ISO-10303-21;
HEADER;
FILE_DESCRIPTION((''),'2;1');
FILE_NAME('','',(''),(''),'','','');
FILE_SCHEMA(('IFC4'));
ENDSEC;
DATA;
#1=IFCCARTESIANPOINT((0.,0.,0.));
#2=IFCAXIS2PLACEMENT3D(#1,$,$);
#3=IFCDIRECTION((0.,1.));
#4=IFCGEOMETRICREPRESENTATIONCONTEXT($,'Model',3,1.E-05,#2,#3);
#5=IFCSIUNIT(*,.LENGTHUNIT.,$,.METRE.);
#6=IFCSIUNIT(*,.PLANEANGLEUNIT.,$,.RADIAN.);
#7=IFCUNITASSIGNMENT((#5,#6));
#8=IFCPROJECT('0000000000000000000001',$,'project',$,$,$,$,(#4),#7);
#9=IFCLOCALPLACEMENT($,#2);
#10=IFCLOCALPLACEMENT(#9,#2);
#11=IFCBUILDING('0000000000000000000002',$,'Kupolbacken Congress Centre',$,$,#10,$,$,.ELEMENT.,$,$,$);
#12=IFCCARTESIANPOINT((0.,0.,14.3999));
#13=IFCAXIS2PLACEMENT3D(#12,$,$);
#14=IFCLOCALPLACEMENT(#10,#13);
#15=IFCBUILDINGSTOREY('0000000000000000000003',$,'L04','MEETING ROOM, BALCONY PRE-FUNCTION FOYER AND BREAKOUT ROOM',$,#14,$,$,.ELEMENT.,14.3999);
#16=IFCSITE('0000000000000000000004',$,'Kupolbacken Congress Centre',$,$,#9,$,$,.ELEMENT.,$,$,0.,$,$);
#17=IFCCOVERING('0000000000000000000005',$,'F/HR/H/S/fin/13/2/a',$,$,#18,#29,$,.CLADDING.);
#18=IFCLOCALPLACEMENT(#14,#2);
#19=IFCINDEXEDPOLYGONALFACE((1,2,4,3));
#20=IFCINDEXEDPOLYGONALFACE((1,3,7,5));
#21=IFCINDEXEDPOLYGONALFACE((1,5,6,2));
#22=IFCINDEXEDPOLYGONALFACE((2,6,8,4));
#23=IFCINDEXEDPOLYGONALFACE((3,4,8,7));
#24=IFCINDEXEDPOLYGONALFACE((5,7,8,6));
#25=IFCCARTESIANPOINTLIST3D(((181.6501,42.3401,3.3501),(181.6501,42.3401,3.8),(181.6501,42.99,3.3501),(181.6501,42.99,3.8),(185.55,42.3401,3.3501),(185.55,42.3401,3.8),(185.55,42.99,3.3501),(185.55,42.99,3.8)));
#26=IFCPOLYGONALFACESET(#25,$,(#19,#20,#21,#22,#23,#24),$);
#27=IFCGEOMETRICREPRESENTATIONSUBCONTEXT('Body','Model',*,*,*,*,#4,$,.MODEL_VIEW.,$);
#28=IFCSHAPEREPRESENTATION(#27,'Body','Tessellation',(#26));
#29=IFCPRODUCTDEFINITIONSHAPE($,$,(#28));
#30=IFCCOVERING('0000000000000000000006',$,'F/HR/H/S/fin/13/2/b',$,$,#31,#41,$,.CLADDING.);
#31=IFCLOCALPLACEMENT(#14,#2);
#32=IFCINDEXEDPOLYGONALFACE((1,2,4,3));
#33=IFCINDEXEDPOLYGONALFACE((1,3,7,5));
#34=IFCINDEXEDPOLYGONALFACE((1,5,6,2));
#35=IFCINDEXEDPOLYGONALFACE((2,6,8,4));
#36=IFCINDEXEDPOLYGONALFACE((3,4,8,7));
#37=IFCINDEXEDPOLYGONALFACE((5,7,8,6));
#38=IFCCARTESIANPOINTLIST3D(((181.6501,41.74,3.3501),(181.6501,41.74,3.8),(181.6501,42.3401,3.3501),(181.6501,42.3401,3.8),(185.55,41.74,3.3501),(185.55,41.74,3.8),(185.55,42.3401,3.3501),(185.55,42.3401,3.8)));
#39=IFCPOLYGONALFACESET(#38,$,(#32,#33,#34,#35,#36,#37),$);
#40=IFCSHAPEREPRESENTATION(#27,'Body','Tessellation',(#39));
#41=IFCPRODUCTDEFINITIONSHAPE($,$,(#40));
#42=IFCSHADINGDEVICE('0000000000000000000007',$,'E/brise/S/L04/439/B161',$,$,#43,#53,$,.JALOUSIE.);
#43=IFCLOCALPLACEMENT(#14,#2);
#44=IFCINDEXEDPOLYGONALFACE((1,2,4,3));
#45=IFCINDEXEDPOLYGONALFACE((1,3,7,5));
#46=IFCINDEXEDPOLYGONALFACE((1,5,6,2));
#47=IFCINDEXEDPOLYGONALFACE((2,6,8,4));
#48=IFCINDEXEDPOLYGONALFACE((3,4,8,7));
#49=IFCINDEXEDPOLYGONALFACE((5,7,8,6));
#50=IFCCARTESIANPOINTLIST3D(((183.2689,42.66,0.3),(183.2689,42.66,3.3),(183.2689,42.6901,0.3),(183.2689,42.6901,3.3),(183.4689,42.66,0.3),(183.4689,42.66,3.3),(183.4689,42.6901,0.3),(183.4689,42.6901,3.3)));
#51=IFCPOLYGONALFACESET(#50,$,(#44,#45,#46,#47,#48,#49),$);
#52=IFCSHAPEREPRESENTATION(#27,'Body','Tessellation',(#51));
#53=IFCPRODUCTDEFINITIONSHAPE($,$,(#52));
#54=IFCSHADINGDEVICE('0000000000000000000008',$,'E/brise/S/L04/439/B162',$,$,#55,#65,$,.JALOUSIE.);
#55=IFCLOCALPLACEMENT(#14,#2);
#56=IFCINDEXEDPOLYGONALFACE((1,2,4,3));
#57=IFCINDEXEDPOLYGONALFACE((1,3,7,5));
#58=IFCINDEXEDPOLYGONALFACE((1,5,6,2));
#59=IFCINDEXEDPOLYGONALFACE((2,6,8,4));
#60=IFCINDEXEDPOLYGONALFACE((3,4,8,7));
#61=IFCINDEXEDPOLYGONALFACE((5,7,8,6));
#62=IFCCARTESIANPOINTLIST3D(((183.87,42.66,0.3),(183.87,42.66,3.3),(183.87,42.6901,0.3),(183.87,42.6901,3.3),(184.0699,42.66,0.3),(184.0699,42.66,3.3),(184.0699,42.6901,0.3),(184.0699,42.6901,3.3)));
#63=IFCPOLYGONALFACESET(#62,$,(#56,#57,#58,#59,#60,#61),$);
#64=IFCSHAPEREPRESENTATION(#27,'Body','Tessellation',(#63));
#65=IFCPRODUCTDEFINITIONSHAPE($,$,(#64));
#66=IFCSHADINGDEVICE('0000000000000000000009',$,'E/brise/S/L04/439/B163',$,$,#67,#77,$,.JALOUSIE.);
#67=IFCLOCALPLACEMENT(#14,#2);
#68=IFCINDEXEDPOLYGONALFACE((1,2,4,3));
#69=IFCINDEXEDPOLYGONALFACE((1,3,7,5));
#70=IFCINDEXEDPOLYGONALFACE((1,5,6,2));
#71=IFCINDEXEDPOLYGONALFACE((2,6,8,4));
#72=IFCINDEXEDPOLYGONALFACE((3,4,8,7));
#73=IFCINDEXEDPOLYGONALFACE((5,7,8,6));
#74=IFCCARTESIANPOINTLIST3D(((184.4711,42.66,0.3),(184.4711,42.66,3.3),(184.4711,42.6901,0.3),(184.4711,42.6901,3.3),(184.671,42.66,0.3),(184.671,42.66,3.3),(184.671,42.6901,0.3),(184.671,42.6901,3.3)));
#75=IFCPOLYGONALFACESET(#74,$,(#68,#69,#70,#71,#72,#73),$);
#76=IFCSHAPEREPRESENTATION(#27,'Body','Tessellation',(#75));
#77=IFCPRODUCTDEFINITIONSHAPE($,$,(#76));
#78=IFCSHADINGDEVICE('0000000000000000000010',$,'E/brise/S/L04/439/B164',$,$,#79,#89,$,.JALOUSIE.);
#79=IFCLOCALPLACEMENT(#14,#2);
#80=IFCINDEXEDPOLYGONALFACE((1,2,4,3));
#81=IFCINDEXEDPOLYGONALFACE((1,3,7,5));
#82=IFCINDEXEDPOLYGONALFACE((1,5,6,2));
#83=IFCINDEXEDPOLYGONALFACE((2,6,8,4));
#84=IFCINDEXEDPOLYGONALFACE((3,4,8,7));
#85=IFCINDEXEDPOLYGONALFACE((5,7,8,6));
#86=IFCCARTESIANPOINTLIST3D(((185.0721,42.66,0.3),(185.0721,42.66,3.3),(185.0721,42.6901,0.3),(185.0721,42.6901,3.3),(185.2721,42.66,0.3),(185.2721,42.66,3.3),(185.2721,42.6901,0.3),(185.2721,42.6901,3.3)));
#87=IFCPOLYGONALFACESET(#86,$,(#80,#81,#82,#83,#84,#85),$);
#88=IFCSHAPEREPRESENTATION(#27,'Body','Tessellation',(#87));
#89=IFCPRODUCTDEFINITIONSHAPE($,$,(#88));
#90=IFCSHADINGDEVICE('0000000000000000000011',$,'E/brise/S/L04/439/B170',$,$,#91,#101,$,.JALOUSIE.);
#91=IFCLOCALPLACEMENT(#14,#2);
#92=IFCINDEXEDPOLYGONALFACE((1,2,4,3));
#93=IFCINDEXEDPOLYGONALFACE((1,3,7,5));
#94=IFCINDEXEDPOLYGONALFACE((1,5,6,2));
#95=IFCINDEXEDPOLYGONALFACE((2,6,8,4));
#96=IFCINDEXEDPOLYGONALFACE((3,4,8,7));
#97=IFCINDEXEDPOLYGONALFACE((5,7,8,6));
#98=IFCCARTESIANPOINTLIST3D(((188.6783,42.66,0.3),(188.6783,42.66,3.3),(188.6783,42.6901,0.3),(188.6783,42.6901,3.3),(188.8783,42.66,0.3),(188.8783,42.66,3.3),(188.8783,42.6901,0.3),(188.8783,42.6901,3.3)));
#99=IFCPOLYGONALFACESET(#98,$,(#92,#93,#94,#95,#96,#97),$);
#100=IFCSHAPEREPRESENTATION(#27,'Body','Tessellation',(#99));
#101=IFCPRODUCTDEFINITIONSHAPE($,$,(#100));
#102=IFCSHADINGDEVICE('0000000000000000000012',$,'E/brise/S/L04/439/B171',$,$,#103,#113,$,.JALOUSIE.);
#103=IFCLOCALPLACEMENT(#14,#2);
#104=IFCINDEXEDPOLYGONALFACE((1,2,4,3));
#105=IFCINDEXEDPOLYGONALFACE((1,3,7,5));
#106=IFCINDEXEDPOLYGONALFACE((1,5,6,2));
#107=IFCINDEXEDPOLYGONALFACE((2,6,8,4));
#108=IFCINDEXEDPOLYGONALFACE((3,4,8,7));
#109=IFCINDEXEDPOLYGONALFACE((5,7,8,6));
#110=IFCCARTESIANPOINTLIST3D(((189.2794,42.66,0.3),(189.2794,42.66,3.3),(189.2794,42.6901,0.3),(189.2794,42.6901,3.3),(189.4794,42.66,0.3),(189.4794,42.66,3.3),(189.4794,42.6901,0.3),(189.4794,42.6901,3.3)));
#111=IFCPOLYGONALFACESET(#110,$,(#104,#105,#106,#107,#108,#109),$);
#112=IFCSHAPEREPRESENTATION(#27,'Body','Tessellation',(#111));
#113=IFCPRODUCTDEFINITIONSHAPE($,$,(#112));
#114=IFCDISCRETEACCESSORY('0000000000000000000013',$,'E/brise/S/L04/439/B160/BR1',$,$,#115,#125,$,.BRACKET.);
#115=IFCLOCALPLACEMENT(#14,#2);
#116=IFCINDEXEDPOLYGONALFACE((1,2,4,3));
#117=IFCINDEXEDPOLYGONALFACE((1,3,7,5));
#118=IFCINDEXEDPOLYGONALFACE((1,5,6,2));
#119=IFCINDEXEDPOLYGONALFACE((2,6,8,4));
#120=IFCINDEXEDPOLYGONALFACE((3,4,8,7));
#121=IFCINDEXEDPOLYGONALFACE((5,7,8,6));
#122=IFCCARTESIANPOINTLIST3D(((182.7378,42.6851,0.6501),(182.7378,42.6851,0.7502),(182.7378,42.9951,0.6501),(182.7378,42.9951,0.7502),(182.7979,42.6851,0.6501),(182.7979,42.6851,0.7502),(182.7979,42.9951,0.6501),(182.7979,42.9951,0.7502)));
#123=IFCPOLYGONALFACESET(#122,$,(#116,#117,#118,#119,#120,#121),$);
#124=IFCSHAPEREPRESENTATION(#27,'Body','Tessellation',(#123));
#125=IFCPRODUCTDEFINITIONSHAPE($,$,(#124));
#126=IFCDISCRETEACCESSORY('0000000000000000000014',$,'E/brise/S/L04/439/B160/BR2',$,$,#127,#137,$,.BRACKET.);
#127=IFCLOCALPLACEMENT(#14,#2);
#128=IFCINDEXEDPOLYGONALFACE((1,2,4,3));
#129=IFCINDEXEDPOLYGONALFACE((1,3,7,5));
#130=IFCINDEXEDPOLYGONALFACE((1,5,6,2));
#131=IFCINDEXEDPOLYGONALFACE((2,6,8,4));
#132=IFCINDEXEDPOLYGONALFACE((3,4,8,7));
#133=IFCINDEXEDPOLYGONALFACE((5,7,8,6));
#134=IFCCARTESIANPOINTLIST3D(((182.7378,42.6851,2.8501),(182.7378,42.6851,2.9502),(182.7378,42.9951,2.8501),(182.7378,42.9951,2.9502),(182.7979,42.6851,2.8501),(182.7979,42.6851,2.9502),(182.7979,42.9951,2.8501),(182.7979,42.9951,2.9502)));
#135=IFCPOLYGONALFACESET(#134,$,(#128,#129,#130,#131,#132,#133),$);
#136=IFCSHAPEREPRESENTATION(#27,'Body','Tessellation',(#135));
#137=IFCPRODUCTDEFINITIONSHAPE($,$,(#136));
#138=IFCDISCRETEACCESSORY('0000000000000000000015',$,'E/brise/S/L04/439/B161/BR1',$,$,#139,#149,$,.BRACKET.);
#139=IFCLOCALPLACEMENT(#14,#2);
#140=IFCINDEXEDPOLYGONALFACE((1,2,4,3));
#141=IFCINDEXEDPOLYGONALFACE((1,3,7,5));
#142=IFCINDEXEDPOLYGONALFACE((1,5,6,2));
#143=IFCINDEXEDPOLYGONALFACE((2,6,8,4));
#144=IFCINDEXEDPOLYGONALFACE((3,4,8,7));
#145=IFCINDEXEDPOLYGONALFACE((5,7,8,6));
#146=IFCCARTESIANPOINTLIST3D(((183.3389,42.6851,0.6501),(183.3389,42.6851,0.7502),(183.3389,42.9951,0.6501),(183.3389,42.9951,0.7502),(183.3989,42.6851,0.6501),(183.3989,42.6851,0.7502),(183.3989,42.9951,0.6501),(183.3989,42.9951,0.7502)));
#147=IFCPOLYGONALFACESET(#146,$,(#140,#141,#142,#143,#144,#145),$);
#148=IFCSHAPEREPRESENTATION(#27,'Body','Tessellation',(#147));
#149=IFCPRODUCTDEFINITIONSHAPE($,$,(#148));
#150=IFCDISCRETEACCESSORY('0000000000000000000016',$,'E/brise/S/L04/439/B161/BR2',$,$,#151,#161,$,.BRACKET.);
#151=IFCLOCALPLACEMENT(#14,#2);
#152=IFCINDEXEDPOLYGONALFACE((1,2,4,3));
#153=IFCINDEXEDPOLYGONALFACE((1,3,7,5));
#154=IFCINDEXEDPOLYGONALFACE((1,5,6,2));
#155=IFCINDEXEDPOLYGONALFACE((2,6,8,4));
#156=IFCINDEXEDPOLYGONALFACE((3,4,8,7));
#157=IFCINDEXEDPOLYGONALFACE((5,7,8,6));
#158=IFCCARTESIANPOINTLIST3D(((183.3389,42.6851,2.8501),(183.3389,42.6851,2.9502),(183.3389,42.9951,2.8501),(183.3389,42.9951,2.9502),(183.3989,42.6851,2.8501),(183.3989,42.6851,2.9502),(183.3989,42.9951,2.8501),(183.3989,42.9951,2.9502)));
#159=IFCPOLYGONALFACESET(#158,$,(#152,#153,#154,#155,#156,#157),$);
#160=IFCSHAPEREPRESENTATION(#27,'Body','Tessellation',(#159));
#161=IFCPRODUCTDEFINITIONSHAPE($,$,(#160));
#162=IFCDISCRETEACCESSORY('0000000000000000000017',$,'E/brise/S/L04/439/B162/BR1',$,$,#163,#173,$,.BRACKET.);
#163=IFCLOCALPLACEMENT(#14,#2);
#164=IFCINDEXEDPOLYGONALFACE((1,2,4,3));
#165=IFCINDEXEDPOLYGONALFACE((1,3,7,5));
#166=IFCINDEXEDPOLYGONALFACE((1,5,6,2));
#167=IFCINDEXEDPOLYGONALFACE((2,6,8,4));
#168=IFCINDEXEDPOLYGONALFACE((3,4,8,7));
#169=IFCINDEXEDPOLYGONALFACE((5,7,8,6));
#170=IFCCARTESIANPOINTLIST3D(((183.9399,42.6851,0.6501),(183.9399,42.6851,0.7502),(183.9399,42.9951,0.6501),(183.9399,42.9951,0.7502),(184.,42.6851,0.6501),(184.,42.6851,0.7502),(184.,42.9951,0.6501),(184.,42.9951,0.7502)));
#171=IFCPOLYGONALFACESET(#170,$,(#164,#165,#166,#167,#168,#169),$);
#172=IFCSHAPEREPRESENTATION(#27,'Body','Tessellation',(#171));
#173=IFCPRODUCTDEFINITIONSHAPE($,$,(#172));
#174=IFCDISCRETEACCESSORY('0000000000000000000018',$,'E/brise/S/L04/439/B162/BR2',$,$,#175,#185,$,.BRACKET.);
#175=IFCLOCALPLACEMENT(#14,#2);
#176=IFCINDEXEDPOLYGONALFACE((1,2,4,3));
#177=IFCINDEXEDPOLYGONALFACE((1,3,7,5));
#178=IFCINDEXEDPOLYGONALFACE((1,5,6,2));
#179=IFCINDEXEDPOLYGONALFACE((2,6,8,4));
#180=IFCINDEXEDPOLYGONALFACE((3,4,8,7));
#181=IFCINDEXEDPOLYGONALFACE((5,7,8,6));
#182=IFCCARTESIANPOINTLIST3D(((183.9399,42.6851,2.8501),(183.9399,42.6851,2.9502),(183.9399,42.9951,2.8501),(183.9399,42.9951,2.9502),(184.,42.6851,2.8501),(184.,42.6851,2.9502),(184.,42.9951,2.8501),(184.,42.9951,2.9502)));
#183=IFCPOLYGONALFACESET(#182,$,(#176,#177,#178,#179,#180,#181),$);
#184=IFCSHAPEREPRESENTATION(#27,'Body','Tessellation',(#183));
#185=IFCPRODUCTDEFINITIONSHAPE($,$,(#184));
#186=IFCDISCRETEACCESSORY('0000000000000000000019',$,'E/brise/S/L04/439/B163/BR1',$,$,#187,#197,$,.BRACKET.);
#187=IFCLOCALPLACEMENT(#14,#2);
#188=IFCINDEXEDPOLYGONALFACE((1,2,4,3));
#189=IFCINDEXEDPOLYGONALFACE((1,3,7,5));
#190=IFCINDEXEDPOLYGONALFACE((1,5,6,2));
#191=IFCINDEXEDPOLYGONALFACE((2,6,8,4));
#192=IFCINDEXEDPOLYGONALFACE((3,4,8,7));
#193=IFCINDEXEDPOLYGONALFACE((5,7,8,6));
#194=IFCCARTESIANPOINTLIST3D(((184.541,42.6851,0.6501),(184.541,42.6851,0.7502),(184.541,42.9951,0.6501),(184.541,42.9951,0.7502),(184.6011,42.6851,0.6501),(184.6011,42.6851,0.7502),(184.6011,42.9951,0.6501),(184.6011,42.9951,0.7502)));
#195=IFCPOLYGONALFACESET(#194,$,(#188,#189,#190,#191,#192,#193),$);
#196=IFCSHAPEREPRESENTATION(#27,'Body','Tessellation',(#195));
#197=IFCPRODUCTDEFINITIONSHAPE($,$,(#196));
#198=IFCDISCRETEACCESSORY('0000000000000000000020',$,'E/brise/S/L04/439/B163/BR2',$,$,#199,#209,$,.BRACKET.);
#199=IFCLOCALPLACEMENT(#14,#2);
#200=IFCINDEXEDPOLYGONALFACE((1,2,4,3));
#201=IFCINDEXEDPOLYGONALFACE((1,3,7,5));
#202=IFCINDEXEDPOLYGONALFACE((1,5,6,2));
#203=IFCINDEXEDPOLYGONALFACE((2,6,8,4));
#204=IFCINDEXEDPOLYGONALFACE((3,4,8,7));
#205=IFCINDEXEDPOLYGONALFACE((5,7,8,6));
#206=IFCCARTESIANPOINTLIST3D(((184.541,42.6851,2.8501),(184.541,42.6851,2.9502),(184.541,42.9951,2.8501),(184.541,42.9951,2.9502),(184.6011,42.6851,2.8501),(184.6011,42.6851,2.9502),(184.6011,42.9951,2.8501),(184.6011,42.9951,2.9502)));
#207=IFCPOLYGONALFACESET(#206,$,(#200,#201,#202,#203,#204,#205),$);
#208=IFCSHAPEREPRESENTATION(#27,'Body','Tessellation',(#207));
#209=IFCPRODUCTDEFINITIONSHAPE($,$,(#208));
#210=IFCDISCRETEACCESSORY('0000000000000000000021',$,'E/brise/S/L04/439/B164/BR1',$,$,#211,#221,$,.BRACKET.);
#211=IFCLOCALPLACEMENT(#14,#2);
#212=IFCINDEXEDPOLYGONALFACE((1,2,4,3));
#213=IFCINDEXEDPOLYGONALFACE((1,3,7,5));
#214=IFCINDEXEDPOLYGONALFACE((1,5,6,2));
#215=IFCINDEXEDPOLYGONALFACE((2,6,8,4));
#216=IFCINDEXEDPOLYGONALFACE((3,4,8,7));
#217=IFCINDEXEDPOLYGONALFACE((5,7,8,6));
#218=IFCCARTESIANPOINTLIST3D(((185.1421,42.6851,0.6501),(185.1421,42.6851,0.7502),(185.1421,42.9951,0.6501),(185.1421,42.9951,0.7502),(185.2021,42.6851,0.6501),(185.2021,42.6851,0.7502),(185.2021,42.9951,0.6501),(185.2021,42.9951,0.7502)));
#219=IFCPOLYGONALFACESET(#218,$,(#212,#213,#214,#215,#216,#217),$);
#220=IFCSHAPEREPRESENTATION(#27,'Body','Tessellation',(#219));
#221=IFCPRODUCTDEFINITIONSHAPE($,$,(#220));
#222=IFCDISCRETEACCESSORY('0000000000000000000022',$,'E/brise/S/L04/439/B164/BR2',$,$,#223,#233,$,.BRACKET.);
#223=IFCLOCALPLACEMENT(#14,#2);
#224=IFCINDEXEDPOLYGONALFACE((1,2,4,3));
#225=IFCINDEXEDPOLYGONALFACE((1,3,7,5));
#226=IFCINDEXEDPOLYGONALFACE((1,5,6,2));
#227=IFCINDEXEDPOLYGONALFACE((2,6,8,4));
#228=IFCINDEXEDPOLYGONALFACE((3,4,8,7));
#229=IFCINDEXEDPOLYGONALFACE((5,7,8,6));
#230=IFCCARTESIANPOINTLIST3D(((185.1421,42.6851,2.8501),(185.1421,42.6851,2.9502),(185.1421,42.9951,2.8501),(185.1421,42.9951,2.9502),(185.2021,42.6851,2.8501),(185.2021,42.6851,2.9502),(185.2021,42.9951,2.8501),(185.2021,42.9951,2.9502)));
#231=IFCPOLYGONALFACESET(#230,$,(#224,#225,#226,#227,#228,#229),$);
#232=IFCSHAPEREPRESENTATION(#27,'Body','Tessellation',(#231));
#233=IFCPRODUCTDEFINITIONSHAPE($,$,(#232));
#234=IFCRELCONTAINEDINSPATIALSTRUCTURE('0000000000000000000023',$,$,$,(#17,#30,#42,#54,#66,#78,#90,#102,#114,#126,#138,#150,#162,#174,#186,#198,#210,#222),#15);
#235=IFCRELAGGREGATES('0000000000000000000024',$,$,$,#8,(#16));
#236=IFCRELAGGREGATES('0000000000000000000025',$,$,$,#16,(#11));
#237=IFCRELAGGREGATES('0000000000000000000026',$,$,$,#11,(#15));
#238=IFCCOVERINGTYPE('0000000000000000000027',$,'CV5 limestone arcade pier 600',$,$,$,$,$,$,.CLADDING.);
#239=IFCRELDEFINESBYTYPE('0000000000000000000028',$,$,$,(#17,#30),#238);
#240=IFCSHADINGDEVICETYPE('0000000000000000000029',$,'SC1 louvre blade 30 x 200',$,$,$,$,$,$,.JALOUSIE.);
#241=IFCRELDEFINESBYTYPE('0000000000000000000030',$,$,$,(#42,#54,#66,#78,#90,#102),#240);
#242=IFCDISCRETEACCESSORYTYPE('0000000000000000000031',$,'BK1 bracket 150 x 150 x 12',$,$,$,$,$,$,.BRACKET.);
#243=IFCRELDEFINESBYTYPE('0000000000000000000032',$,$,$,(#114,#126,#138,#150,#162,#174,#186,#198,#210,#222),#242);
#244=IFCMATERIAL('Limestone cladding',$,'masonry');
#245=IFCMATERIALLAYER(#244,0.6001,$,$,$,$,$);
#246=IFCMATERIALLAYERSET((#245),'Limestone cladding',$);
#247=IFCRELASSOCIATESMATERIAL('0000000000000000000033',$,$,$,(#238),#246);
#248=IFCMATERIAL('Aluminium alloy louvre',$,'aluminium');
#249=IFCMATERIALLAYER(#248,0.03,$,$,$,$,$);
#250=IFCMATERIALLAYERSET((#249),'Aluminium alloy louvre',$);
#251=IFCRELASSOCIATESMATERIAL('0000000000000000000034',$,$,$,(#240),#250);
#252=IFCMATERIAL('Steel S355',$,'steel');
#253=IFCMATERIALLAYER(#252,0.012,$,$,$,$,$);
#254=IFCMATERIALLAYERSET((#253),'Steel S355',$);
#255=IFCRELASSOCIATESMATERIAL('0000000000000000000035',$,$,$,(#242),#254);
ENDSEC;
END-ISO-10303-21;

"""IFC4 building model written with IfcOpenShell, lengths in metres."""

from ifc_helpers import new_model, si_unit, direction, frame, origin, origin_2d, place, context, subcontext, project, spatial, rectangle, extrude, material, layer, layer_set, type_object, element, save


model = new_model("IFC4")

# Units and contexts
model_context = context("Model", 3, precision=1e-05, world=origin(), true_north=direction((0.0, 1.0)))
body_context = subcontext(model_context, "Body", "Model", "MODEL_VIEW")
ifc_project = project(units=[si_unit("LENGTHUNIT", "METRE"), si_unit("PLANEANGLEUNIT", "RADIAN")], contexts=[model_context])

# Site, building, storey
site_placement = place(None, origin())
site = spatial("IfcSite", under=ifc_project, at=site_placement, Name="Kupolbacken Congress Centre", CompositionType="ELEMENT", RefElevation=0.0)
building_placement = place(site_placement, origin())
building = spatial("IfcBuilding", under=site, at=building_placement, Name="Kupolbacken Congress Centre", CompositionType="ELEMENT")
storey_placement = place(building_placement, frame((0.0, 0.0, 14.3999)))
storey = spatial("IfcBuildingStorey", under=building, at=storey_placement, Name="L04", Description="MEETING ROOM, BALCONY PRE-FUNCTION FOYER AND BREAKOUT ROOM", CompositionType="ELEMENT", Elevation=14.3999)

# Coverings
ifc_material_1 = material(Name="Limestone cladding", Category="masonry")
ifc_layer_1 = layer(ifc_material_1, 0.6001)
ifc_layer_set_1 = layer_set([ifc_layer_1], Name="Limestone cladding")
covering_type = type_object("IfcCoveringType", Name="CV5 limestone arcade pier 600", PredefinedType="CLADDING", material=ifc_layer_set_1)
covering_1_placement = place(storey_placement, frame((183.6001, 42.665, 3.3501), z_axis=(0.0, 0.0, 1.0), x_axis=(1.0, 0.0, 0.0)))
element("IfcCovering", 1, at=covering_1_placement, inside=storey, type_object=covering_type, Name="F/HR/H/S/fin/13/2/a", PredefinedType="CLADDING", context=body_context, shape_type="SweptSolid", body=[
    extrude(rectangle(XDim=3.8999, YDim=0.6499, at=origin_2d()), origin(), (0.0, 0.0, 1.0), 0.45),
])
covering_2_placement = place(storey_placement, frame((183.6001, 42.04, 3.3501), z_axis=(0.0, 0.0, 1.0), x_axis=(1.0, 0.0, 0.0)))
element("IfcCovering", 2, at=covering_2_placement, inside=storey, type_object=covering_type, Name="F/HR/H/S/fin/13/2/b", PredefinedType="CLADDING", context=body_context, shape_type="SweptSolid", body=[
    extrude(rectangle(XDim=3.8999, YDim=0.6001, at=origin_2d()), origin(), (0.0, 0.0, 1.0), 0.45),
])

# Shading devices
ifc_material_2 = material(Name="Aluminium alloy louvre", Category="aluminium")
ifc_layer_2 = layer(ifc_material_2, 0.03)
ifc_layer_set_2 = layer_set([ifc_layer_2], Name="Aluminium alloy louvre")
shading_device_type = type_object("IfcShadingDeviceType", Name="SC1 louvre blade 30 x 200", PredefinedType="JALOUSIE", material=ifc_layer_set_2)
for number, where, z_axis, x_axis, name in (
    (3, (183.3689, 42.675, 0.3), (0.0, 0.0, 1.0), (1.0, 0.0, 0.0), "E/brise/S/L04/439/B161"),
    (4, (183.97, 42.675, 0.3), (0.0, 0.0, 1.0), (1.0, 0.0, 0.0), "E/brise/S/L04/439/B162"),
    (5, (184.571, 42.675, 0.3), (0.0, 0.0, 1.0), (1.0, 0.0, 0.0), "E/brise/S/L04/439/B163"),
    (6, (185.1721, 42.675, 0.3), (0.0, 0.0, 1.0), (1.0, 0.0, 0.0), "E/brise/S/L04/439/B164"),
    (7, (188.7783, 42.675, 0.3), (0.0, 0.0, 1.0), (1.0, 0.0, 0.0), "E/brise/S/L04/439/B170"),
    (8, (189.3794, 42.675, 0.3), (0.0, 0.0, 1.0), (1.0, 0.0, 0.0), "E/brise/S/L04/439/B171"),
):
    element("IfcShadingDevice", number, at=place(storey_placement, frame(where, z_axis=z_axis, x_axis=x_axis)), inside=storey, type_object=shading_device_type, Name=name, PredefinedType="JALOUSIE", context=body_context, shape_type="SweptSolid", body=[
        extrude(rectangle(XDim=0.2, YDim=0.03, at=origin_2d()), origin(), (0.0, 0.0, 1.0), 3.0),
    ])

# Discrete accessories
ifc_material_3 = material(Name="Steel S355", Category="steel")
ifc_layer_3 = layer(ifc_material_3, 0.012)
ifc_layer_set_3 = layer_set([ifc_layer_3], Name="Steel S355")
discrete_accessory_type = type_object("IfcDiscreteAccessoryType", Name="BK1 bracket 150 x 150 x 12", PredefinedType="BRACKET", material=ifc_layer_set_3)
for number, where, z_axis, x_axis, name in (
    (9, (182.7678, 42.8401, 0.6501), (0.0, 0.0, 1.0), (1.0, 0.0, 0.0), "E/brise/S/L04/439/B160/BR1"),
    (10, (182.7678, 42.8401, 2.8501), (0.0, 0.0, 1.0), (1.0, 0.0, 0.0), "E/brise/S/L04/439/B160/BR2"),
    (11, (183.3689, 42.8401, 0.6501), (0.0, 0.0, 1.0), (1.0, 0.0, 0.0), "E/brise/S/L04/439/B161/BR1"),
    (12, (183.3689, 42.8401, 2.8501), (0.0, 0.0, 1.0), (1.0, 0.0, 0.0), "E/brise/S/L04/439/B161/BR2"),
    (13, (183.97, 42.8401, 0.6501), (0.0, 0.0, 1.0), (1.0, 0.0, 0.0), "E/brise/S/L04/439/B162/BR1"),
    (14, (183.97, 42.8401, 2.8501), (0.0, 0.0, 1.0), (1.0, 0.0, 0.0), "E/brise/S/L04/439/B162/BR2"),
    (15, (184.571, 42.8401, 0.6501), (0.0, 0.0, 1.0), (1.0, 0.0, 0.0), "E/brise/S/L04/439/B163/BR1"),
    (16, (184.571, 42.8401, 2.8501), (0.0, 0.0, 1.0), (1.0, 0.0, 0.0), "E/brise/S/L04/439/B163/BR2"),
    (17, (185.1721, 42.8401, 0.6501), (0.0, 0.0, 1.0), (1.0, 0.0, 0.0), "E/brise/S/L04/439/B164/BR1"),
    (18, (185.1721, 42.8401, 2.8501), (0.0, 0.0, 1.0), (1.0, 0.0, 0.0), "E/brise/S/L04/439/B164/BR2"),
):
    element("IfcDiscreteAccessory", number, at=place(storey_placement, frame(where, z_axis=z_axis, x_axis=x_axis)), inside=storey, type_object=discrete_accessory_type, Name=name, PredefinedType="BRACKET", context=body_context, shape_type="SweptSolid", body=[
        extrude(rectangle(XDim=0.0601, YDim=0.3101, at=origin_2d()), origin(), (0.0, 0.0, 1.0), 0.1001),
    ])

save(model, "model.ifc")
